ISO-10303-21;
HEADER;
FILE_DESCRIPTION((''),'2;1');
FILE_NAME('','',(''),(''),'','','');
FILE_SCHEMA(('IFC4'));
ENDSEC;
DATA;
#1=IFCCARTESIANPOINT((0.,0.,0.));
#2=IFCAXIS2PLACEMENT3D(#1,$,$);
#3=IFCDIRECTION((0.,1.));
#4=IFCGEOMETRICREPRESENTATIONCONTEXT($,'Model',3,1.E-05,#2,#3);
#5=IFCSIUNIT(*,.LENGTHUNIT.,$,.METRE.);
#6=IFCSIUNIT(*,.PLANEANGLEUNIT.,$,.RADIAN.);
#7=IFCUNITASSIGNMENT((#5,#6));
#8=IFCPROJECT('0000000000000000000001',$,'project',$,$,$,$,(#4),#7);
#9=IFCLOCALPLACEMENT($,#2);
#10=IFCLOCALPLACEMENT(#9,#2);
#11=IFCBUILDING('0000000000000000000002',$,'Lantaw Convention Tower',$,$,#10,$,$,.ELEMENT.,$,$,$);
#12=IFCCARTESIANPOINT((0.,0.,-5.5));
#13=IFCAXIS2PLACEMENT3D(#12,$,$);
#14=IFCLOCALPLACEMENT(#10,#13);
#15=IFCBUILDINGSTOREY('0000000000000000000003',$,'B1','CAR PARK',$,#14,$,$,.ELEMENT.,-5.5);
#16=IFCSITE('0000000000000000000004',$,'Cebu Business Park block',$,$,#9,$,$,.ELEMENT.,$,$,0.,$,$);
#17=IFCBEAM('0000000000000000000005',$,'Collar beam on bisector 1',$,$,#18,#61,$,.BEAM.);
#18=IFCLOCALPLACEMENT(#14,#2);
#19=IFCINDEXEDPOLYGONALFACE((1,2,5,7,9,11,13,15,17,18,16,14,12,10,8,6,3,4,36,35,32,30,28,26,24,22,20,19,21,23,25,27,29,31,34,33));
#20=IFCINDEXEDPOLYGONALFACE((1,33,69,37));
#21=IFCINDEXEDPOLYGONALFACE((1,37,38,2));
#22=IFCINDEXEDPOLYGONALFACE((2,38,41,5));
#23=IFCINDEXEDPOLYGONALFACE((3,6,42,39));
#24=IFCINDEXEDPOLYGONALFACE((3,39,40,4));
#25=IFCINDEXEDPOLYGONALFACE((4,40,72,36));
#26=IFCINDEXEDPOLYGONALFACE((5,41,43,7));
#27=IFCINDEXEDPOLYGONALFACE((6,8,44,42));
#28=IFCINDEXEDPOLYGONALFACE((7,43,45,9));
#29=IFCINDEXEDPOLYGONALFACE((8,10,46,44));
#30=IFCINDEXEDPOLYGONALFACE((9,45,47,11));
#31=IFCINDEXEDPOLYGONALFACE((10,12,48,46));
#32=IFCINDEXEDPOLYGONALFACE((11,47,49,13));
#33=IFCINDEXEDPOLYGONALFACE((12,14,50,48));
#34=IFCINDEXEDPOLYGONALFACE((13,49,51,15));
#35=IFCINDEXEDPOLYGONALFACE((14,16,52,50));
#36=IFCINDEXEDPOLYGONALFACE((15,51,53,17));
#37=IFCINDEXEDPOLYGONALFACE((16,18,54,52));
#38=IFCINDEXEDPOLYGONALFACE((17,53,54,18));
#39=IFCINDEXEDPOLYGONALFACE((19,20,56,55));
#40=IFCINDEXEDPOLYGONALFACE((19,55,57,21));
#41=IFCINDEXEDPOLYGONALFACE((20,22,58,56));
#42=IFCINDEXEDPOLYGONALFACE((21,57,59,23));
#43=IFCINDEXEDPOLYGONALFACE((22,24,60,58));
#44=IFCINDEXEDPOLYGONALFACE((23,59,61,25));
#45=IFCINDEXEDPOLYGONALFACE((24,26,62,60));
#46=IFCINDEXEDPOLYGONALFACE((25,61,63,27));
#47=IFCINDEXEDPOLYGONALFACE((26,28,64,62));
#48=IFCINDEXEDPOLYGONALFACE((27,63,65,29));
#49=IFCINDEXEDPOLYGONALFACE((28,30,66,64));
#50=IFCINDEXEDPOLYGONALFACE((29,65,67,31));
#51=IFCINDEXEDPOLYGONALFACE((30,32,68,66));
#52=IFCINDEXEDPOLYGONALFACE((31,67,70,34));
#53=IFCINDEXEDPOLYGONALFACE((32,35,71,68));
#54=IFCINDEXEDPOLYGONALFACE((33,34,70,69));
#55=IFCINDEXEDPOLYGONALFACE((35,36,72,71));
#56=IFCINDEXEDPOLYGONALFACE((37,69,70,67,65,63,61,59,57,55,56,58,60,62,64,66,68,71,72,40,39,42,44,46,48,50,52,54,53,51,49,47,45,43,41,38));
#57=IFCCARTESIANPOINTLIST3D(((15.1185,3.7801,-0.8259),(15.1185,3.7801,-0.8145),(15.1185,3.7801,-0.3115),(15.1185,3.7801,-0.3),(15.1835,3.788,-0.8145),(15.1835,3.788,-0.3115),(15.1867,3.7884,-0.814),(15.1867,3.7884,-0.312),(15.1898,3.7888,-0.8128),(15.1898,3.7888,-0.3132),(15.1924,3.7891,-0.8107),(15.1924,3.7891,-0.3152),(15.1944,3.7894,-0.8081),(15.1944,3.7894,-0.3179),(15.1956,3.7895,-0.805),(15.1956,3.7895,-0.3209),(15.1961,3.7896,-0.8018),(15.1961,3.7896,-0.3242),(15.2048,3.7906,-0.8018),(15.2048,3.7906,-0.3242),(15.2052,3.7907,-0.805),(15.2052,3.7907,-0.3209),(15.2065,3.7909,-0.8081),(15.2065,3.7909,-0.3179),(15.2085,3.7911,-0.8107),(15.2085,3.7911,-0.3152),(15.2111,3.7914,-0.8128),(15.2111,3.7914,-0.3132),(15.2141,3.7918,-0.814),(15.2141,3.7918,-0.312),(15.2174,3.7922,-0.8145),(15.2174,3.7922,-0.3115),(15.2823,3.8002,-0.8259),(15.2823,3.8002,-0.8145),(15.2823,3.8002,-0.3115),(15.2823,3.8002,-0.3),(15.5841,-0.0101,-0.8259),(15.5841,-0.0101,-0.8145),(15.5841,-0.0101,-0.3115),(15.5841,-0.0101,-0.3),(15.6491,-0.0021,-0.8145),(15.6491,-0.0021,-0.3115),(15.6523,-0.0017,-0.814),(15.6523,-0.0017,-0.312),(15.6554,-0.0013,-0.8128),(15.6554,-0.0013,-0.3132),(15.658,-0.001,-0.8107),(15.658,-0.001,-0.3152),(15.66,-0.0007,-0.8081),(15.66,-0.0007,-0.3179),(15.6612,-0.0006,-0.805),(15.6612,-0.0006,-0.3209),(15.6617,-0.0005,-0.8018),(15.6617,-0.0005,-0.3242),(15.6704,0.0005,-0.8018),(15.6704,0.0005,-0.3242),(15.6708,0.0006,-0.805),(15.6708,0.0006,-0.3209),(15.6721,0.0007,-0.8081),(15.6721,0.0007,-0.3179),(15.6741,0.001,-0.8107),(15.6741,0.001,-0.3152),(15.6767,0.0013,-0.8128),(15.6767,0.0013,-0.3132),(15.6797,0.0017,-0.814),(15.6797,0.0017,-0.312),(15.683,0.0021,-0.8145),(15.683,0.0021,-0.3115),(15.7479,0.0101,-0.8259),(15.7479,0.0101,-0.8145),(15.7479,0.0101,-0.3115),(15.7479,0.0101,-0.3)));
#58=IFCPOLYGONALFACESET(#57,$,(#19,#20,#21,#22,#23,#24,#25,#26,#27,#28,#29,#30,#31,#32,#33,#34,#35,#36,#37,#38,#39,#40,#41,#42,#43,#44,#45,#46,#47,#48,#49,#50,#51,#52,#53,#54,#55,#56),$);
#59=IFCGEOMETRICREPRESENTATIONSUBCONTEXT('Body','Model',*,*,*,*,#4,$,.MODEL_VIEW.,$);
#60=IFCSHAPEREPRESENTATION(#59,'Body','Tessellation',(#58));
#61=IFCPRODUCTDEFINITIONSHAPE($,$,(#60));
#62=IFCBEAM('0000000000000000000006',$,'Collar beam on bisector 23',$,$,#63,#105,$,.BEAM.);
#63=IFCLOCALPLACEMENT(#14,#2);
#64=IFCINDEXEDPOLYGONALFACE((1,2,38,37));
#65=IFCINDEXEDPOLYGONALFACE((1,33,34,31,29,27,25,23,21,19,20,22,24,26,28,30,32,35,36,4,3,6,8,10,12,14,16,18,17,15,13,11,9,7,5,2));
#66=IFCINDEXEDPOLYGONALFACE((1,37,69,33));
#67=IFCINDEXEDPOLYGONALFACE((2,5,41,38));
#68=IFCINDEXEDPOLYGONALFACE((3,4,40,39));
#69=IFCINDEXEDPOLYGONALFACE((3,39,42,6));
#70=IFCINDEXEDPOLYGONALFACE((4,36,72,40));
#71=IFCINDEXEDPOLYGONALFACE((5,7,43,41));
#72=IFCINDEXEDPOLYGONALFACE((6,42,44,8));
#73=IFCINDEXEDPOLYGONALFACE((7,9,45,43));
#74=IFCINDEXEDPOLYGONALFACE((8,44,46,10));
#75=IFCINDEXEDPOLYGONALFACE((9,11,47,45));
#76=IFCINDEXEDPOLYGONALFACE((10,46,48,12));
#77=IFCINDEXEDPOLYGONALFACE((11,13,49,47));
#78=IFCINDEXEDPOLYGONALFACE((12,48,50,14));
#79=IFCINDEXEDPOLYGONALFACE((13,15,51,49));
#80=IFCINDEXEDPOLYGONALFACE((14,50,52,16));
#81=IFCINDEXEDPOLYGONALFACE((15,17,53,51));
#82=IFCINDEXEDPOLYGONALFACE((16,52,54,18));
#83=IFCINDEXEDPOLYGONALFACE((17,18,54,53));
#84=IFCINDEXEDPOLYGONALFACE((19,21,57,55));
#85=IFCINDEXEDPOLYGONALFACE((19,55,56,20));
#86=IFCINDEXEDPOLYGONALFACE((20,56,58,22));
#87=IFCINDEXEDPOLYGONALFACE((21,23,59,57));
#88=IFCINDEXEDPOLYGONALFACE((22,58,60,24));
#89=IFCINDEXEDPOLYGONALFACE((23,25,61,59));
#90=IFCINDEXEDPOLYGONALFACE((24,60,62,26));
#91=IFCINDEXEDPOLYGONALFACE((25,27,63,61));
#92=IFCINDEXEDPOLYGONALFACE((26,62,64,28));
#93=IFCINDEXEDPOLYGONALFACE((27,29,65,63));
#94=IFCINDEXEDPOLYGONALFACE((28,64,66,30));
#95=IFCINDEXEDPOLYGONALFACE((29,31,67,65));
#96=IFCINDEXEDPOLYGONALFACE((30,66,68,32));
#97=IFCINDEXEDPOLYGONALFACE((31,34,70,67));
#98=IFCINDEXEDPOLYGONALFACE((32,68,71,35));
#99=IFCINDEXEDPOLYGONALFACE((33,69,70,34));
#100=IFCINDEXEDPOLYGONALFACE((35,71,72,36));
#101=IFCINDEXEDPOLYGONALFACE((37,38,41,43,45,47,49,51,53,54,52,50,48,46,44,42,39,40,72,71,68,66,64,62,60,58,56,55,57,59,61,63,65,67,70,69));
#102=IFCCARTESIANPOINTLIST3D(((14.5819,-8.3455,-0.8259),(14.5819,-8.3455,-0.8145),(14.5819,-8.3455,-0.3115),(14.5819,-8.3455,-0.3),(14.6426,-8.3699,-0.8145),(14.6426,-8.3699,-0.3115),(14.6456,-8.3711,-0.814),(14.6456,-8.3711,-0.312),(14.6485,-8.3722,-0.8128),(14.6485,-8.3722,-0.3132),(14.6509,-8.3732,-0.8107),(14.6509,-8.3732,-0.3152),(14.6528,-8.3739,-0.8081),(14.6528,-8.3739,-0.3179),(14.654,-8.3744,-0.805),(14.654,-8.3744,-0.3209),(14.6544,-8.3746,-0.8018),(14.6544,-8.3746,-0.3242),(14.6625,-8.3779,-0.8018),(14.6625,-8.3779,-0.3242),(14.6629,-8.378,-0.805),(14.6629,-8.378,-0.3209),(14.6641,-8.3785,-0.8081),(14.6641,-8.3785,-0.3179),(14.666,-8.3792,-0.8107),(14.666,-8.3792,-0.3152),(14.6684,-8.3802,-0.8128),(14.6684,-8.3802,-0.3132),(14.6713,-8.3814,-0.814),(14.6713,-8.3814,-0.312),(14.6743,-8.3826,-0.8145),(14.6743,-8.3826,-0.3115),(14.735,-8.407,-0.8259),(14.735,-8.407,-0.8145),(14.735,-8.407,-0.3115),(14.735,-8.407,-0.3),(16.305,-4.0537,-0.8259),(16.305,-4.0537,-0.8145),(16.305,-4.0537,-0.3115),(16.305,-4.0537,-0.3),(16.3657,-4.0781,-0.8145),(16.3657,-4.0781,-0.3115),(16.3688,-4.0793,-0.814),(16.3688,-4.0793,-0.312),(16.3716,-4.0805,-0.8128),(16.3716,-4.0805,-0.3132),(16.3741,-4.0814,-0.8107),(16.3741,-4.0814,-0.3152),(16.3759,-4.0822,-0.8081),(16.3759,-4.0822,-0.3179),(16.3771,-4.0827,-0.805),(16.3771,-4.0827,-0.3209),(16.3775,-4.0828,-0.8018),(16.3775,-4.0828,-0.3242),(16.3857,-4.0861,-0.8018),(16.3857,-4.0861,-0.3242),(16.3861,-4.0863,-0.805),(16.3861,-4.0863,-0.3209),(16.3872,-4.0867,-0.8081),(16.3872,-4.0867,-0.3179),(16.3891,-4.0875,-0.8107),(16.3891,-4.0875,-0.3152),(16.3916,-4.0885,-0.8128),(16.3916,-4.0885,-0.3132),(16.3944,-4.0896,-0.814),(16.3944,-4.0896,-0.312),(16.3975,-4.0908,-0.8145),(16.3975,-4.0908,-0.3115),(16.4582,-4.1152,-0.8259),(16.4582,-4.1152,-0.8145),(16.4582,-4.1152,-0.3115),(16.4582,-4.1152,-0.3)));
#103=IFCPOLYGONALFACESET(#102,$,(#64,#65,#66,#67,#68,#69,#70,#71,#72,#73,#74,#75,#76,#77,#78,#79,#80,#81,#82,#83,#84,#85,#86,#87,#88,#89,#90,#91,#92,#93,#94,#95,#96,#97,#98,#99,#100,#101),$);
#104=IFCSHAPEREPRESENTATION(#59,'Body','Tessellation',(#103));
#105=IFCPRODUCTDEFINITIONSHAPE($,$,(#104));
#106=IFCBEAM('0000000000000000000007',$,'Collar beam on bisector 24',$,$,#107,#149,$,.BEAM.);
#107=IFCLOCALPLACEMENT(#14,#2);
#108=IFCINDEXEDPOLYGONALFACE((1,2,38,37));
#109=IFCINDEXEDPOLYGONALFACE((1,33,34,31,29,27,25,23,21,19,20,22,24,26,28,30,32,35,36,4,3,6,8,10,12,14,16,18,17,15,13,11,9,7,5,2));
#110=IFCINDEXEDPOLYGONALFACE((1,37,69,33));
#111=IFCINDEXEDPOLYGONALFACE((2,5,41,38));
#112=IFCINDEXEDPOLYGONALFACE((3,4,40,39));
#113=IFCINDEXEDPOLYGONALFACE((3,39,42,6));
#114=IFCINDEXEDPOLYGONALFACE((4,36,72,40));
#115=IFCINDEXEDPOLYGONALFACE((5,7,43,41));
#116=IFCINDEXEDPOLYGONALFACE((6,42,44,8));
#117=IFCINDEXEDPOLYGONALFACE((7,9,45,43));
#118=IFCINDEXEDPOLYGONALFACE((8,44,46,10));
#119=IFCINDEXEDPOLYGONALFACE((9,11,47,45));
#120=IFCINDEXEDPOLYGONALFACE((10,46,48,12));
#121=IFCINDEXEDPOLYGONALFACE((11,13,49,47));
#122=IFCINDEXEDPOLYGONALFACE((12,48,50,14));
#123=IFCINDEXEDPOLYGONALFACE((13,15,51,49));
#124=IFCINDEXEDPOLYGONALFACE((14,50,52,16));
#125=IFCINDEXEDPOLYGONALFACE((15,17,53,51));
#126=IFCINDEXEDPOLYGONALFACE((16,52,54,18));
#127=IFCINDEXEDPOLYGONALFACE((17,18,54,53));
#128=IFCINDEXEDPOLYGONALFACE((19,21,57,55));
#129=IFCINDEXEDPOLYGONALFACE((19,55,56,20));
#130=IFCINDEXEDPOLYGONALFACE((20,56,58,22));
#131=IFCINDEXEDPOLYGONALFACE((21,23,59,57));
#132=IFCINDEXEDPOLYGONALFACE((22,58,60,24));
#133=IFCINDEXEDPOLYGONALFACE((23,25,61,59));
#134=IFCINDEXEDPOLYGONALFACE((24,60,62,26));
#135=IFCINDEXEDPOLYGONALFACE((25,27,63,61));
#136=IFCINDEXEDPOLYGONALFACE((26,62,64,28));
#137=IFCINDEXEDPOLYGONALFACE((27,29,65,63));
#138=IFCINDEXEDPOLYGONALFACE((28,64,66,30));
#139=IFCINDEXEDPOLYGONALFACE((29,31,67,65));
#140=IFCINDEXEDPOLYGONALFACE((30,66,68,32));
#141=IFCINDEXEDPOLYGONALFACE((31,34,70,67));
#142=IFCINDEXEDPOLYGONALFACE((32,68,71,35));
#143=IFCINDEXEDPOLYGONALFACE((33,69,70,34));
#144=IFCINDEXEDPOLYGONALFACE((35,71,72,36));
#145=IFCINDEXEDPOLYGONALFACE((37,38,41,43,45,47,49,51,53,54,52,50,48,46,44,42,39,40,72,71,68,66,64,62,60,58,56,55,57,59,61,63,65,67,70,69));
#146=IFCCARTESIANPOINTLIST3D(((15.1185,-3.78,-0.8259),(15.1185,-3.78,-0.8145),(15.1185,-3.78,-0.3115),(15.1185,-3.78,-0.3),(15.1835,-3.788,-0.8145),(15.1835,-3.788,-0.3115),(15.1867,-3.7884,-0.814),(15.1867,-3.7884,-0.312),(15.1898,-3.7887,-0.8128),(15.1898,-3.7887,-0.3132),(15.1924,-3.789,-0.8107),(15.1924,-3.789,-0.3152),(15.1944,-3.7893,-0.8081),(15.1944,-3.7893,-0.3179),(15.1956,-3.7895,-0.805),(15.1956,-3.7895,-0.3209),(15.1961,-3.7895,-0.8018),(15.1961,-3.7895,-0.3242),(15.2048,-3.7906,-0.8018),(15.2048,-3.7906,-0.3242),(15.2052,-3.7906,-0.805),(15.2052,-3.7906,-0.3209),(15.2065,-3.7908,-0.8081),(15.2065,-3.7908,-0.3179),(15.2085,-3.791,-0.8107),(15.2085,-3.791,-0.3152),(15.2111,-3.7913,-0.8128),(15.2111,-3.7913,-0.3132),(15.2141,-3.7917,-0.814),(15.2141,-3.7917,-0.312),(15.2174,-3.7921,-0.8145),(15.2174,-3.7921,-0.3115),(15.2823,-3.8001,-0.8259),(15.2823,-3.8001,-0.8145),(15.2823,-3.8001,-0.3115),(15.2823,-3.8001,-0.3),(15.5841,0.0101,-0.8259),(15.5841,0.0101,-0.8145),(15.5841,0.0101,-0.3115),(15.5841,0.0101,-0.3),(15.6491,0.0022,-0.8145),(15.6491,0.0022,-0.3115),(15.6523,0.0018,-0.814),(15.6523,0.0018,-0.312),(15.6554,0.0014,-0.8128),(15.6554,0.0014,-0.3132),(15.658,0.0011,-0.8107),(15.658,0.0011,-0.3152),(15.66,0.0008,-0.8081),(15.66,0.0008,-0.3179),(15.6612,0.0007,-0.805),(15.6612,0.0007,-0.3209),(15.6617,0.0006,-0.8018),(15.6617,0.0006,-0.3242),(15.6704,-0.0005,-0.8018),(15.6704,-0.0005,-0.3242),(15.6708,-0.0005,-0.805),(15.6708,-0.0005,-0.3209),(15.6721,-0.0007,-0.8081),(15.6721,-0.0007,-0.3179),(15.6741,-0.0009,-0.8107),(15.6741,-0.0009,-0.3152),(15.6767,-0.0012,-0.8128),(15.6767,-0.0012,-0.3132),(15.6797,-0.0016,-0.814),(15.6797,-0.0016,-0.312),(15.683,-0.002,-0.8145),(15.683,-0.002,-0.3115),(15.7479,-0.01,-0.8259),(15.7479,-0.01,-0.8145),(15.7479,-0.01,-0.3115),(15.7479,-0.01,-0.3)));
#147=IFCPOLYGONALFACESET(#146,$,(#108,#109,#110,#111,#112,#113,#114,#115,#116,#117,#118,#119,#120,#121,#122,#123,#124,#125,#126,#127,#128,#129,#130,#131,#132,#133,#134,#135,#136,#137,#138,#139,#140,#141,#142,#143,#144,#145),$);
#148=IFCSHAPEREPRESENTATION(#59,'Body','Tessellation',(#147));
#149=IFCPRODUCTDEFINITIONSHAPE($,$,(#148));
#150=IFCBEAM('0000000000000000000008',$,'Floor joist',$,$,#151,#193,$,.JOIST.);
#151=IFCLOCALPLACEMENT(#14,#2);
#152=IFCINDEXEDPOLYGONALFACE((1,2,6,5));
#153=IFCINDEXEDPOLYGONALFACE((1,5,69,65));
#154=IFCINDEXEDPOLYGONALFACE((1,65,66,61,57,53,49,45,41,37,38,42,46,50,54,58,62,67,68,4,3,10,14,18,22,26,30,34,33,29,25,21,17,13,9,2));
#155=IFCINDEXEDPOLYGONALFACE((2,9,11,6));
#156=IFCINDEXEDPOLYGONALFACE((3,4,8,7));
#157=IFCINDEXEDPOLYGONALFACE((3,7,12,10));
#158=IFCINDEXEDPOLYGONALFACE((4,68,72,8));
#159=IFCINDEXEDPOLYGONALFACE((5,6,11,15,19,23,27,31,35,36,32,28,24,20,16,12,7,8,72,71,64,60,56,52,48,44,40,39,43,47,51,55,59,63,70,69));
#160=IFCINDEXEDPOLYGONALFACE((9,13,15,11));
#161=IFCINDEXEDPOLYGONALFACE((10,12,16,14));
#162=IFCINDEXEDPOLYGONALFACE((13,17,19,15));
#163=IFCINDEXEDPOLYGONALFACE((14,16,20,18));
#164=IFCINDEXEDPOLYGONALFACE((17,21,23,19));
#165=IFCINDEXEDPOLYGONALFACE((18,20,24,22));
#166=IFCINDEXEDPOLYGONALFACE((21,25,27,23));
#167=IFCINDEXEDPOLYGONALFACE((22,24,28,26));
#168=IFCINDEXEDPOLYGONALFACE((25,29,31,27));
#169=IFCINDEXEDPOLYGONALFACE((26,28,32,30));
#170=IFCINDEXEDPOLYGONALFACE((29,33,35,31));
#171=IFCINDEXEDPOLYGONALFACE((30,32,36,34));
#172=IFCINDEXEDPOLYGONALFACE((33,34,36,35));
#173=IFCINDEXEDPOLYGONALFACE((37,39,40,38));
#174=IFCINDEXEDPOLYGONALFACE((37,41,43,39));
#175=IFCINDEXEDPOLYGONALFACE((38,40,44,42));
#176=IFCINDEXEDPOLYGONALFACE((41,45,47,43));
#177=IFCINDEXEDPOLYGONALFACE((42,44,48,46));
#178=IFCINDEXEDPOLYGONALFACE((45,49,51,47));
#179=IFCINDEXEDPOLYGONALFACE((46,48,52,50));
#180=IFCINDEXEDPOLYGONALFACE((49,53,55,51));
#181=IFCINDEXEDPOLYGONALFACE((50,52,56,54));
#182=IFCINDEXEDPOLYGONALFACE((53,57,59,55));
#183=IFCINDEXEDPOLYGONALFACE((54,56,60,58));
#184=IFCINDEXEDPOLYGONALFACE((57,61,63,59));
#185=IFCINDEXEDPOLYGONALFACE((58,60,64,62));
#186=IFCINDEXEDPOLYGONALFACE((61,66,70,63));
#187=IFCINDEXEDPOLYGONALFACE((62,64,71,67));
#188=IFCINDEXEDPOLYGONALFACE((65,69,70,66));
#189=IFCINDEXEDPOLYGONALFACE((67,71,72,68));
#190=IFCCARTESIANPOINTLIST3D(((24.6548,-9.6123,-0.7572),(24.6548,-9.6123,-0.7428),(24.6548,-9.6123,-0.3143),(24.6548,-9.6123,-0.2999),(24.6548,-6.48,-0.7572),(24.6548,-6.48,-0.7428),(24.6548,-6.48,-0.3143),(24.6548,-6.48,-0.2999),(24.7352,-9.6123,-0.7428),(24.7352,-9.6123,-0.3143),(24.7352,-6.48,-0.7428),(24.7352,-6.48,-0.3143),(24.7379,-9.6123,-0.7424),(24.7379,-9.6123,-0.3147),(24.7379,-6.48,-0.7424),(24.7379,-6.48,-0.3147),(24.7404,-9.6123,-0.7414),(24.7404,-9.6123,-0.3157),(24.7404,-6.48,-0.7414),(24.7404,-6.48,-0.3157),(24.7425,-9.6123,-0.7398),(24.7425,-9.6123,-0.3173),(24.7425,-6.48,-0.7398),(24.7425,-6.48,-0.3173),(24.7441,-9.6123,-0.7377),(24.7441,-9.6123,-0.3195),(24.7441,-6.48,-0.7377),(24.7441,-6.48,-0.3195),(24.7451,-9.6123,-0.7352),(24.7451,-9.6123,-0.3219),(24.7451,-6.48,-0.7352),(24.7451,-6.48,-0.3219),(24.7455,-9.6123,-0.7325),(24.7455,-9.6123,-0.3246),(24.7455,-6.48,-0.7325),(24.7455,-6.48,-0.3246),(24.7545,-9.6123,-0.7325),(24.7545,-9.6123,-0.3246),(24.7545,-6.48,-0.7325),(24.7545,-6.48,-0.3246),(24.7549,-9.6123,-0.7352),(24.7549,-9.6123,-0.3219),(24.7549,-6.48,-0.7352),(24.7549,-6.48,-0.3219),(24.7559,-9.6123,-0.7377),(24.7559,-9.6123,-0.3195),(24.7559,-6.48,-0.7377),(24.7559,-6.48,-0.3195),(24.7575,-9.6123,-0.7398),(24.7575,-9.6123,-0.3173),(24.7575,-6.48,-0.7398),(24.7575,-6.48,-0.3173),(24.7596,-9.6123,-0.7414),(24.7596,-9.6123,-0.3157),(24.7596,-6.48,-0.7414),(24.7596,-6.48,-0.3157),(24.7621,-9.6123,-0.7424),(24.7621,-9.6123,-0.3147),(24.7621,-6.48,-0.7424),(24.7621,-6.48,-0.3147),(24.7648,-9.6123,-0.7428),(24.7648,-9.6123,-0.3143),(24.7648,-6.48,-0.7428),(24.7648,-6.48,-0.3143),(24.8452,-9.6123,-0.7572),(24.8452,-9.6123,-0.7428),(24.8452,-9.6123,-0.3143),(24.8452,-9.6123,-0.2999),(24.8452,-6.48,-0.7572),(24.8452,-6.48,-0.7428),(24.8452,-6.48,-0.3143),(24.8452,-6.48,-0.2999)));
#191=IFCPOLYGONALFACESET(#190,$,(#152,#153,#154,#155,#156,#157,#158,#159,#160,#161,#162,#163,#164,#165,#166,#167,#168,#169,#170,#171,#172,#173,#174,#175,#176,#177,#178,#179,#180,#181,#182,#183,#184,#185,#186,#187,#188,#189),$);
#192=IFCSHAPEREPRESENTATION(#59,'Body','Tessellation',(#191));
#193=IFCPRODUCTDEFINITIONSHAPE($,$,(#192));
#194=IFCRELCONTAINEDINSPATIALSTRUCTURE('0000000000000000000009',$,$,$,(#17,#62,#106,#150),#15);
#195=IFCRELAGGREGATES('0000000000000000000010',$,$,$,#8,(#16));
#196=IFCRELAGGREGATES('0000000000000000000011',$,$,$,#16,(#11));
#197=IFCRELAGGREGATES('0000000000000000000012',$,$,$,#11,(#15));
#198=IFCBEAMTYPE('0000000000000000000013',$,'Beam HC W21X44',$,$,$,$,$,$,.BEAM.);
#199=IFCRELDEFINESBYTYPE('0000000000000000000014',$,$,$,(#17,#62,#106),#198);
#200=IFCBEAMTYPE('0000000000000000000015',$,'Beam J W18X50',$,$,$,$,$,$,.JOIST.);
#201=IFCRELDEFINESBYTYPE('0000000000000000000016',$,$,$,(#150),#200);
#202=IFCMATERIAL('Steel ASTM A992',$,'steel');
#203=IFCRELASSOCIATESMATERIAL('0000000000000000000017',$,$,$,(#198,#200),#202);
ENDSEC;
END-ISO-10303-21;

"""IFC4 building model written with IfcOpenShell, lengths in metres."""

from ifc_helpers import new_model, si_unit, direction, frame, origin, origin_2d, place, context, subcontext, project, spatial, i_section, extrude, material, material_profile, profile_set, type_object, element, save


model = new_model("IFC4")

# Units and contexts
model_context = context("Model", 3, precision=1e-05, world=origin(), true_north=direction((0.0, 1.0)))
body_context = subcontext(model_context, "Body", "Model", "MODEL_VIEW")
ifc_project = project(units=[si_unit("LENGTHUNIT", "METRE"), si_unit("PLANEANGLEUNIT", "RADIAN")], contexts=[model_context])

# Site, building, storey
site_placement = place(None, origin())
site = spatial("IfcSite", under=ifc_project, at=site_placement, Name="Cebu Business Park block", CompositionType="ELEMENT", RefElevation=0.0)
building_placement = place(site_placement, origin())
building = spatial("IfcBuilding", under=site, at=building_placement, Name="Lantaw Convention Tower", CompositionType="ELEMENT")
storey_placement = place(building_placement, frame((0.0, 0.0, -5.5)))
storey = spatial("IfcBuildingStorey", under=building, at=storey_placement, Name="B1", Description="CAR PARK", CompositionType="ELEMENT", Elevation=-5.5)

# Beams
ifc_material_1 = material(Name="Steel ASTM A992", Category="steel")
ifc_material_profile_1 = material_profile(ifc_material_1, i_section(OverallWidth=0.165, OverallDepth=0.5259, WebThickness=0.0088, FlangeThickness=0.0115, FilletRadius=0.0127, at=origin_2d()), Name="W21X44")
ifc_profile_set_1 = profile_set([ifc_material_profile_1], Name="Steel ASTM A992")
beam_type_1 = type_object("IfcBeamType", Name="Beam HC W21X44", PredefinedType="BEAM", material=ifc_profile_set_1)
beam_1_placement = place(storey_placement, frame((15.666, 0.0, -0.563), z_axis=(-0.121926, 0.992539, 0.0), x_axis=(-0.992539, -0.121926, 0.0)))
element("IfcBeam", 1, at=beam_1_placement, inside=storey, type_object=beam_type_1, Name="Collar beam on bisector 1", PredefinedType="BEAM", context=body_context, shape_type="SweptSolid", body=[
    extrude(i_section(OverallWidth=0.165, OverallDepth=0.5259, WebThickness=0.0088, FlangeThickness=0.0115, FilletRadius=0.0127, at=origin_2d()), origin(), (0.0, 0.0, 1.0), 3.8186),
])
beam_2_placement = place(storey_placement, frame((14.6584, -8.3762, -0.563), z_axis=(0.372592, 0.927995, 0.0), x_axis=(-0.927995, 0.372592, 0.0)))
element("IfcBeam", 2, at=beam_2_placement, inside=storey, type_object=beam_type_1, Name="Collar beam on bisector 23", PredefinedType="BEAM", context=body_context, shape_type="SweptSolid", body=[
    extrude(i_section(OverallWidth=0.165, OverallDepth=0.5259, WebThickness=0.0088, FlangeThickness=0.0115, FilletRadius=0.0127, at=origin_2d()), origin(), (0.0, 0.0, 1.0), 4.6248),
])
beam_3_placement = place(storey_placement, frame((15.2004, -3.79, -0.563), z_axis=(0.121926, 0.992539, 0.0), x_axis=(-0.992539, 0.121926, 0.0)))
element("IfcBeam", 3, at=beam_3_placement, inside=storey, type_object=beam_type_1, Name="Collar beam on bisector 24", PredefinedType="BEAM", context=body_context, shape_type="SweptSolid", body=[
    extrude(i_section(OverallWidth=0.165, OverallDepth=0.5259, WebThickness=0.0088, FlangeThickness=0.0115, FilletRadius=0.0127, at=origin_2d()), origin(), (0.0, 0.0, 1.0), 3.8186),
])
ifc_material_profile_2 = material_profile(ifc_material_1, i_section(OverallWidth=0.1904, OverallDepth=0.4573, WebThickness=0.009, FlangeThickness=0.0144, FilletRadius=0.0103, at=origin_2d()), Name="W18X50")
ifc_profile_set_2 = profile_set([ifc_material_profile_2], Name="Steel ASTM A992")
beam_type_2 = type_object("IfcBeamType", Name="Beam J W18X50", PredefinedType="JOIST", material=ifc_profile_set_2)
beam_4_placement = place(storey_placement, frame((24.75, -9.6123, -0.5286), z_axis=(0.0, 1.0, 0.0), x_axis=(-1.0, 0.0, 0.0)))
element("IfcBeam", 4, at=beam_4_placement, inside=storey, type_object=beam_type_2, Name="Floor joist", PredefinedType="JOIST", context=body_context, shape_type="SweptSolid", body=[
    extrude(i_section(OverallWidth=0.1904, OverallDepth=0.4573, WebThickness=0.009, FlangeThickness=0.0144, FilletRadius=0.0103, at=origin_2d()), origin(), (0.0, 0.0, 1.0), 3.1323),
])

save(model, "model.ifc")
